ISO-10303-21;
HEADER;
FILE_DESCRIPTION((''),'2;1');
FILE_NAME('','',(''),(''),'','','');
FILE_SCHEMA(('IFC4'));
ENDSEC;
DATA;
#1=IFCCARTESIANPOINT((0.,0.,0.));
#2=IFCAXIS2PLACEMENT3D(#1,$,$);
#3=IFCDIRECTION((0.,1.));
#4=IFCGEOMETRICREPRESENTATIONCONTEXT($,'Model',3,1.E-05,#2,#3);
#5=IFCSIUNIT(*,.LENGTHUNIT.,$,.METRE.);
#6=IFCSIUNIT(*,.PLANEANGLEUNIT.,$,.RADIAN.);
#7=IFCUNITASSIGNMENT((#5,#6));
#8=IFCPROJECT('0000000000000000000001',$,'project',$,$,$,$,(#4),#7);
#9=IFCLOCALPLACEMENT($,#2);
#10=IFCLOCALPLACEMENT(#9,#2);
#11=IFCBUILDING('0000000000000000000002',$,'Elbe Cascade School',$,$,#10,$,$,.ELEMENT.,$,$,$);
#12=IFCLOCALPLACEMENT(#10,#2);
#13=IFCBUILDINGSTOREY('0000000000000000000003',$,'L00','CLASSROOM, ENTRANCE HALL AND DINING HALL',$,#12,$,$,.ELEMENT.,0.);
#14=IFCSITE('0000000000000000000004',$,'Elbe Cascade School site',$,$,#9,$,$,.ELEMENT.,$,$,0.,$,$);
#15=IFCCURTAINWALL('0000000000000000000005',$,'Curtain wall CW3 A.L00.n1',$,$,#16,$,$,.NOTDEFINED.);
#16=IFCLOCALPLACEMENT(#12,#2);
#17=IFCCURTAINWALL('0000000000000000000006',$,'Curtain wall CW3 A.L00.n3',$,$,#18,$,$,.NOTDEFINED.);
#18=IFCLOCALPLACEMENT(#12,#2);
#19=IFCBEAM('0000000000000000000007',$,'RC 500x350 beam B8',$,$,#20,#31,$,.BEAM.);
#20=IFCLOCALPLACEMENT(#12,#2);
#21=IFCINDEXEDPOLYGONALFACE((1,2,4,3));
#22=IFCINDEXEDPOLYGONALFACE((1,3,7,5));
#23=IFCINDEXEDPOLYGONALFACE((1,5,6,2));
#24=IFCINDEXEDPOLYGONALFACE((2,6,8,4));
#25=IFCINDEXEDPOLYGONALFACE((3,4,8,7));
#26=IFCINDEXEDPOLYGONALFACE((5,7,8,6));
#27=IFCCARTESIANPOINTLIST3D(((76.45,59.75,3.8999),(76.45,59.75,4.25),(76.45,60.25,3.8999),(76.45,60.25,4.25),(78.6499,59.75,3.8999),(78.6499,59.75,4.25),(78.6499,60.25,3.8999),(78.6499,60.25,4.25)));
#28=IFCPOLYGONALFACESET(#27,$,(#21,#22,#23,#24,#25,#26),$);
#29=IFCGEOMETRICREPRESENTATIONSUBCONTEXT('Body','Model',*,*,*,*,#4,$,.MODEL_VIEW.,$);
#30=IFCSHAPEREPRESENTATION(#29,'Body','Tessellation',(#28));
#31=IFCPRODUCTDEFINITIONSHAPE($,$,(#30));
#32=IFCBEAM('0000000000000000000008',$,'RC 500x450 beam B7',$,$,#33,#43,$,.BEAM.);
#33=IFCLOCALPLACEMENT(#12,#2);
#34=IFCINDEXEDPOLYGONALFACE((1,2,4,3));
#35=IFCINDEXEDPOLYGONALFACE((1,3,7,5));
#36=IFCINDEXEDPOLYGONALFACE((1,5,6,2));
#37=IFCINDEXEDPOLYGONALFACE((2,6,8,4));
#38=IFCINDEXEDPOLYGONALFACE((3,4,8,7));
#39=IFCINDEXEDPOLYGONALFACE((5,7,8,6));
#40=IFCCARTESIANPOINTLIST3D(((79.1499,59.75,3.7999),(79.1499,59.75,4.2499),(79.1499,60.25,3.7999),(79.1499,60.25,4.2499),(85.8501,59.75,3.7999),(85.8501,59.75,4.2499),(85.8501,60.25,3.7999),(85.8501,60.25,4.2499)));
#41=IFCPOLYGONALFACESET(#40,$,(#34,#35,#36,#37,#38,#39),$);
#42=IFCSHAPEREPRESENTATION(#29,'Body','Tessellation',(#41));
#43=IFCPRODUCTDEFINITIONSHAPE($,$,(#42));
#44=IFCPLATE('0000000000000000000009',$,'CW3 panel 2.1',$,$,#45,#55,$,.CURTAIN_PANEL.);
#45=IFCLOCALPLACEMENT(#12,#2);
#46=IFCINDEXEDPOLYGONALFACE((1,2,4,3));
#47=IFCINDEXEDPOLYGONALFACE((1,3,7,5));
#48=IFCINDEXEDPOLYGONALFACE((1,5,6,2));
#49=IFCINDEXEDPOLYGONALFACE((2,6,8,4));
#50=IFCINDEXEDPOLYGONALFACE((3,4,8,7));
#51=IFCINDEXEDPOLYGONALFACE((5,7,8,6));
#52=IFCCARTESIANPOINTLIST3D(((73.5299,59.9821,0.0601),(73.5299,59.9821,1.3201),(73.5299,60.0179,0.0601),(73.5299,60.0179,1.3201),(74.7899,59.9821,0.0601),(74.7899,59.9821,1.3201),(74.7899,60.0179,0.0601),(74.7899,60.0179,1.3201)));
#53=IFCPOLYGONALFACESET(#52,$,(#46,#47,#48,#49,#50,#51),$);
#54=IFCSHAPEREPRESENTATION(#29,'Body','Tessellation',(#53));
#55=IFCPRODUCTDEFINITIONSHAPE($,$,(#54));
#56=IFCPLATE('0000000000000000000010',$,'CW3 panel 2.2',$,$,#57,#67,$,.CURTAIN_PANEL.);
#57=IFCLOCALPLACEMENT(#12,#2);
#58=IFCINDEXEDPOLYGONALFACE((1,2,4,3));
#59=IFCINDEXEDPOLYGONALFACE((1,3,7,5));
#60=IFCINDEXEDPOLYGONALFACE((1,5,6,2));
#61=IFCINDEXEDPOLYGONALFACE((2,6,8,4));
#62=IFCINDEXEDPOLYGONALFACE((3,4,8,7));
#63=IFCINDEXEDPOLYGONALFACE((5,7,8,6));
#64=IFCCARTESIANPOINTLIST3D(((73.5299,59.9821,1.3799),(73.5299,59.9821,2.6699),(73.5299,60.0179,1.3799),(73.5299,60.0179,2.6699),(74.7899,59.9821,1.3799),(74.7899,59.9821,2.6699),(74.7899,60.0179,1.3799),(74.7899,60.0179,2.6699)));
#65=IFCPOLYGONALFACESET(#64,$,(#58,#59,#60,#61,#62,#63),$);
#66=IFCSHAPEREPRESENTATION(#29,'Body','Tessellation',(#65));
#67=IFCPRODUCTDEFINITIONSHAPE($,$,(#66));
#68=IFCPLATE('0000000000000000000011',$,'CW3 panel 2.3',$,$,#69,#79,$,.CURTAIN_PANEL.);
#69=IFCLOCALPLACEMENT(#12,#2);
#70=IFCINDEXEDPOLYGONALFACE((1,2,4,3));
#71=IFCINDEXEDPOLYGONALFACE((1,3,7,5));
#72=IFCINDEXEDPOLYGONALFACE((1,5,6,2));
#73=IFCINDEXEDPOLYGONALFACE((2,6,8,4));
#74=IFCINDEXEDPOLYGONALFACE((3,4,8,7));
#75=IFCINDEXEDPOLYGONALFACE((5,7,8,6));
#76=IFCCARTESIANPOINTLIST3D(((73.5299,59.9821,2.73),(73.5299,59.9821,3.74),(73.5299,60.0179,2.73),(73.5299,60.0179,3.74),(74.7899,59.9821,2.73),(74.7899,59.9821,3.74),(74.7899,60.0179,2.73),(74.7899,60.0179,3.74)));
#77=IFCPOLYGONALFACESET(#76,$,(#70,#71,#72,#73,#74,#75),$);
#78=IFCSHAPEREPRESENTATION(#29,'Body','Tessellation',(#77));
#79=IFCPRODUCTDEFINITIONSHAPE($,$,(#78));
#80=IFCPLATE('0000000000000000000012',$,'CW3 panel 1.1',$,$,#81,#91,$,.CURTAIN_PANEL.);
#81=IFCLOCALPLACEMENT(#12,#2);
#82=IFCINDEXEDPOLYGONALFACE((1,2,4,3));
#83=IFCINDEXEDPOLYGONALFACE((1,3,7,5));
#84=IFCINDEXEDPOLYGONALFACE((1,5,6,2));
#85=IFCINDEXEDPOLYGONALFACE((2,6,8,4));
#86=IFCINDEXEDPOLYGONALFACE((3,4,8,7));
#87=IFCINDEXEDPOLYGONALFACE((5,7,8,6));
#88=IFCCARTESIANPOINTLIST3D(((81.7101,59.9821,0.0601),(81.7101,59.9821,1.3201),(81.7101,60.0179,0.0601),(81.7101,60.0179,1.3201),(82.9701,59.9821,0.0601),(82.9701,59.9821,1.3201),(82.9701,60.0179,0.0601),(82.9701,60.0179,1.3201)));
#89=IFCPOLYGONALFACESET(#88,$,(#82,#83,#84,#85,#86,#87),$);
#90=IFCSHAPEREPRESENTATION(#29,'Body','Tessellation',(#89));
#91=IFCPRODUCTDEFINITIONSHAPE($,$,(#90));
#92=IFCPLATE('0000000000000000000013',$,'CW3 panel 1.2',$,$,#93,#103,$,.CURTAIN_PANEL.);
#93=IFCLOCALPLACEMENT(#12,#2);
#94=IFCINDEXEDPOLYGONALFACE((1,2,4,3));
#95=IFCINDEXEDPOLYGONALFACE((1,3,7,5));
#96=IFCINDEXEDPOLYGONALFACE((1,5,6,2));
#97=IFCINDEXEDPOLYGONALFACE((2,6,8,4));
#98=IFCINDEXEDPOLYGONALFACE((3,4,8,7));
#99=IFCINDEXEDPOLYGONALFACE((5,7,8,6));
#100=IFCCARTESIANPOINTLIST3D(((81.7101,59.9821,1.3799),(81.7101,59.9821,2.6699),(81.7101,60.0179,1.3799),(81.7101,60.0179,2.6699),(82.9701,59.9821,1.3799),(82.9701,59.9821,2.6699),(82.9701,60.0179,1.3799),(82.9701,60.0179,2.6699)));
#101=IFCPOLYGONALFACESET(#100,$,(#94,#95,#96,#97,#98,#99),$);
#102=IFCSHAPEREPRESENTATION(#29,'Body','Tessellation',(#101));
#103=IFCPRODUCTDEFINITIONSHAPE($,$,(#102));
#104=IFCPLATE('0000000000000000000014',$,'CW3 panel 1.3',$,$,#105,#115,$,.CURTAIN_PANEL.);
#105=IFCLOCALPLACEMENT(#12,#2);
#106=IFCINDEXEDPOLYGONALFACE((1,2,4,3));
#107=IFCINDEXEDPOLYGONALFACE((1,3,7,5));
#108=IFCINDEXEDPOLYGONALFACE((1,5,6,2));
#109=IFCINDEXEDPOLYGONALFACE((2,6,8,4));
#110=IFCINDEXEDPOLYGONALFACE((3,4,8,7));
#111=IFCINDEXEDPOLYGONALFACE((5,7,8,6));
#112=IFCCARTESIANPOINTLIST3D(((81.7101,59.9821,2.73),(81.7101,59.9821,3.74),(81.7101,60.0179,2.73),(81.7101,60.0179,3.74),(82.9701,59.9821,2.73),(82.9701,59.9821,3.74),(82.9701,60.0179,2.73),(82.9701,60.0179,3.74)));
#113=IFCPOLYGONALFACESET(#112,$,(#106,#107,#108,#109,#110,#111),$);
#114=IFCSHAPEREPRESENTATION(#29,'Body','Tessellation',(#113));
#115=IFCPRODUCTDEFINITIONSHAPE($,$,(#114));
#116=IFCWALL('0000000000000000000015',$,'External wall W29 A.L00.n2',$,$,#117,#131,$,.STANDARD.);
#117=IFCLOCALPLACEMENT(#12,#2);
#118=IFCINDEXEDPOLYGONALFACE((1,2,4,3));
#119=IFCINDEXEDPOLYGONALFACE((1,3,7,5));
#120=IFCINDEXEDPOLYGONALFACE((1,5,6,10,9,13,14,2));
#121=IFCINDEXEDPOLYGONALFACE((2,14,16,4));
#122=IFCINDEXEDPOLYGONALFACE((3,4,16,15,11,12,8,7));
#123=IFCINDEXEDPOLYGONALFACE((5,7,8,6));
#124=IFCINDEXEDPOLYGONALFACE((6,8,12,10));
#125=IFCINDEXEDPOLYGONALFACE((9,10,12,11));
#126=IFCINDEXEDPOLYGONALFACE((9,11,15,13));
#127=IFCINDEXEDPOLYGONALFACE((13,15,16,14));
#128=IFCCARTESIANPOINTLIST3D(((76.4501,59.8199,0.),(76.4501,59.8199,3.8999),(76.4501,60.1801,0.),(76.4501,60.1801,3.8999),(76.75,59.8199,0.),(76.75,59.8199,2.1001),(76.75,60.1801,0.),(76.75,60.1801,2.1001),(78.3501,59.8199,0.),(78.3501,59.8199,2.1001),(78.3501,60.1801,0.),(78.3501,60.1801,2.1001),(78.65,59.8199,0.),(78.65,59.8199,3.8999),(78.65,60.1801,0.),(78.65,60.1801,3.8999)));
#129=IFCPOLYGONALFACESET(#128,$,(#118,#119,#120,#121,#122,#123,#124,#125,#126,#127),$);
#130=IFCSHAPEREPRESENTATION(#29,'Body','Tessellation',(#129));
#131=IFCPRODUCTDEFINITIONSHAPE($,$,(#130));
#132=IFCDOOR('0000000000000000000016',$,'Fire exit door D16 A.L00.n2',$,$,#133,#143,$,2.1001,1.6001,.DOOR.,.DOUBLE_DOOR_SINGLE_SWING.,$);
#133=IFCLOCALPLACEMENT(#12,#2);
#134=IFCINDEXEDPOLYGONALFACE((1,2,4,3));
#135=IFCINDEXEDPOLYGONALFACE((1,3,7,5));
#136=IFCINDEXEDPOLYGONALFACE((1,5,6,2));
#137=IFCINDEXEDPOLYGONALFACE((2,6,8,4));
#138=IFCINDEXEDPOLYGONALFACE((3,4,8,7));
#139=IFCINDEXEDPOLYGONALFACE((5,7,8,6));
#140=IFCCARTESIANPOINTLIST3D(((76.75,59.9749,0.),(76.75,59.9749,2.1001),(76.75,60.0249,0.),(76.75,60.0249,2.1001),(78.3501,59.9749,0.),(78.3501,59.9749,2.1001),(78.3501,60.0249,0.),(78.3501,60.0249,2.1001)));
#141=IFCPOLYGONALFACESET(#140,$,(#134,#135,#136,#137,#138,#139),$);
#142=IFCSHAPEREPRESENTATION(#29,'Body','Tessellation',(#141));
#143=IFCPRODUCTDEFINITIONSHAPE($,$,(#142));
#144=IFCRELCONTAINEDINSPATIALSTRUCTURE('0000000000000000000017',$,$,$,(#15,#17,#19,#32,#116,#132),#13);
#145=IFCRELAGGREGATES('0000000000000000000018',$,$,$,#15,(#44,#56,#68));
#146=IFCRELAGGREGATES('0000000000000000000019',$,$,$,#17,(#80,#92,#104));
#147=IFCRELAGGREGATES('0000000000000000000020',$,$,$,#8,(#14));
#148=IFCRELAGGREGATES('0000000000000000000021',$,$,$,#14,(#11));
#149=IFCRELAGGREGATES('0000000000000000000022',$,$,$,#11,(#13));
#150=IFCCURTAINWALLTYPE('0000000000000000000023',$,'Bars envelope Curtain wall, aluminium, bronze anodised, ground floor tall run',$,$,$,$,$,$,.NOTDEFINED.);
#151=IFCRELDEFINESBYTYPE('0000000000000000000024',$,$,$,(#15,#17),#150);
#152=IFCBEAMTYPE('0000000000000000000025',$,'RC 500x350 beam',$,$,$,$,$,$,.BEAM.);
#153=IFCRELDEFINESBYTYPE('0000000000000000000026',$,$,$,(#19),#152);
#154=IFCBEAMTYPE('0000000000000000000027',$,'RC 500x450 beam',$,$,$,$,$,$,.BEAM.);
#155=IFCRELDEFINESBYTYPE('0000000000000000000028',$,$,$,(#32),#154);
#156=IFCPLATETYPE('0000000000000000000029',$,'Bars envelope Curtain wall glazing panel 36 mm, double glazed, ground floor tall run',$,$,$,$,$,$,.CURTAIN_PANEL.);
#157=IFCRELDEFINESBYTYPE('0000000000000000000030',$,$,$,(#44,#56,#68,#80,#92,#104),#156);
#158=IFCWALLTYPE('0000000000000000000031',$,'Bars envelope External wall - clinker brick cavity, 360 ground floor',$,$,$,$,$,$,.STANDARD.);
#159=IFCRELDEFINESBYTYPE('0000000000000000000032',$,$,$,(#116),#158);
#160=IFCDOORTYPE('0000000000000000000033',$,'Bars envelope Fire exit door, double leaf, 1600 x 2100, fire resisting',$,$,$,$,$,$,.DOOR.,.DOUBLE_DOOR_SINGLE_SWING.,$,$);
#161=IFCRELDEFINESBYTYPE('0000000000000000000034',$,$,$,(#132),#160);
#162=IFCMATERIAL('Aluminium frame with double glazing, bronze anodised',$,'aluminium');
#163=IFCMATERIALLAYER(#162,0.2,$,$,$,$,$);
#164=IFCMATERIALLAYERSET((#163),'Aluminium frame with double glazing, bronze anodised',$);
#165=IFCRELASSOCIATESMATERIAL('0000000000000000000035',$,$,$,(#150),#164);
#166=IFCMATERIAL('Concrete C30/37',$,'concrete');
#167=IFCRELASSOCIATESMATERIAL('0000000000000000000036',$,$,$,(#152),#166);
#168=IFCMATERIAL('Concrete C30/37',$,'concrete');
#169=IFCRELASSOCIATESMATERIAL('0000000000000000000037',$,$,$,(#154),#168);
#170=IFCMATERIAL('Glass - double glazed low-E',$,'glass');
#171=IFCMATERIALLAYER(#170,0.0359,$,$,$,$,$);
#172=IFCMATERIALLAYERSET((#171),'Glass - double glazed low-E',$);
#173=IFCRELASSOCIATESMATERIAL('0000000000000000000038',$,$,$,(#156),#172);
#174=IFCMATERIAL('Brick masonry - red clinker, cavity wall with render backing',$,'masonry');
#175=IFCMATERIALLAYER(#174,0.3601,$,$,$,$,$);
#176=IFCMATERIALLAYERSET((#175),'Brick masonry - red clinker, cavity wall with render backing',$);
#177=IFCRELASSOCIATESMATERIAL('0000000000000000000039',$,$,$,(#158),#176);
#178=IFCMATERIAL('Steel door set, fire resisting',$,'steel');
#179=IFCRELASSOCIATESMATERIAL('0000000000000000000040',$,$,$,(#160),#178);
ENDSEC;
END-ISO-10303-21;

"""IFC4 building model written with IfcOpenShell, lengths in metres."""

from ifc_helpers import new_model, si_unit, direction, frame, frame_2d, origin, origin_2d, place, context, subcontext, project, spatial, rectangle, extrude, material, layer, layer_set, material_profile, profile_set, type_object, element, fill, aggregate, save


model = new_model("IFC4")

# Units and contexts
model_context = context("Model", 3, precision=1e-05, world=origin(), true_north=direction((0.0, 1.0)))
body_context = subcontext(model_context, "Body", "Model", "MODEL_VIEW")
ifc_project = project(units=[si_unit("LENGTHUNIT", "METRE"), si_unit("PLANEANGLEUNIT", "RADIAN")], contexts=[model_context])

# Site, building, storey
site_placement = place(None, origin())
site = spatial("IfcSite", under=ifc_project, at=site_placement, Name="Elbe Cascade School site", CompositionType="ELEMENT", RefElevation=0.0)
building_placement = place(site_placement, origin())
building = spatial("IfcBuilding", under=site, at=building_placement, Name="Elbe Cascade School", CompositionType="ELEMENT")
storey_placement = place(building_placement, origin())
storey = spatial("IfcBuildingStorey", under=building, at=storey_placement, Name="L00", Description="CLASSROOM, ENTRANCE HALL AND DINING HALL", CompositionType="ELEMENT", Elevation=0.0)

# Curtain wall
ifc_material_1 = material(Name="Aluminium frame with double glazing, bronze anodised", Category="aluminium")
ifc_layer_1 = layer(ifc_material_1, 0.2)
ifc_layer_set_1 = layer_set([ifc_layer_1], Name="Aluminium frame with double glazing, bronze anodised")
curtain_wall_type = type_object("IfcCurtainWallType", Name="Bars envelope Curtain wall, aluminium, bronze anodised, ground floor tall run", PredefinedType="NOTDEFINED", material=ifc_layer_set_1)
curtain_wall_1_placement = place(storey_placement, origin())
curtain_wall_1 = element("IfcCurtainWall", 1, at=curtain_wall_1_placement, inside=storey, type_object=curtain_wall_type, Name="Curtain wall CW3 A.L00.n1", PredefinedType="NOTDEFINED")

# Curtain wall
curtain_wall_2_placement = place(storey_placement, origin())
curtain_wall_2 = element("IfcCurtainWall", 2, at=curtain_wall_2_placement, inside=storey, type_object=curtain_wall_type, Name="Curtain wall CW3 A.L00.n3", PredefinedType="NOTDEFINED")

# Beams
ifc_material_2 = material(Name="Concrete C30/37", Category="concrete")
ifc_material_profile_1 = material_profile(ifc_material_2, rectangle(XDim=0.5, YDim=0.3501, at=origin_2d()), Name="RC 500x350")
ifc_profile_set_1 = profile_set([ifc_material_profile_1], Name="Concrete C30/37")
beam_type_1 = type_object("IfcBeamType", Name="RC 500x350 beam", PredefinedType="BEAM", material=ifc_profile_set_1)
beam_1_placement = place(storey_placement, frame((76.45, 60.0, 4.075), z_axis=(1.0, 0.0, 0.0), x_axis=(0.0, 1.0, 0.0)))
element("IfcBeam", 3, at=beam_1_placement, inside=storey, type_object=beam_type_1, Name="RC 500x350 beam B8", PredefinedType="BEAM", context=body_context, shape_type="SweptSolid", body=[
    extrude(rectangle(XDim=0.5, YDim=0.3501, at=origin_2d()), origin(), (0.0, 0.0, 1.0), 2.2),
])
ifc_material_3 = material(Name="Concrete C30/37", Category="concrete")
ifc_material_profile_2 = material_profile(ifc_material_3, rectangle(XDim=0.5, YDim=0.45, at=origin_2d()), Name="RC 500x450")
ifc_profile_set_2 = profile_set([ifc_material_profile_2], Name="Concrete C30/37")
beam_type_2 = type_object("IfcBeamType", Name="RC 500x450 beam", PredefinedType="BEAM", material=ifc_profile_set_2)
beam_2_placement = place(storey_placement, frame((79.1499, 60.0, 4.0249), z_axis=(1.0, 0.0, 0.0), x_axis=(0.0, 1.0, 0.0)))
element("IfcBeam", 4, at=beam_2_placement, inside=storey, type_object=beam_type_2, Name="RC 500x450 beam B7", PredefinedType="BEAM", context=body_context, shape_type="SweptSolid", body=[
    extrude(rectangle(XDim=0.5, YDim=0.45, at=origin_2d()), origin(), (0.0, 0.0, 1.0), 6.7002),
])

# Plates
ifc_material_4 = material(Name="Glass - double glazed low-E", Category="glass")
ifc_layer_2 = layer(ifc_material_4, 0.0359)
ifc_layer_set_2 = layer_set([ifc_layer_2], Name="Glass - double glazed low-E")
plate_type = type_object("IfcPlateType", Name="Bars envelope Curtain wall glazing panel 36 mm, double glazed, ground floor tall run", PredefinedType="CURTAIN_PANEL", material=ifc_layer_set_2)
plate_1_placement = place(storey_placement, frame((74.1599, 60.0, 0.0601), z_axis=(0.0, 0.0, 1.0), x_axis=(1.0, 0.0, 0.0)))
plate_1 = element("IfcPlate", 5, at=plate_1_placement, type_object=plate_type, Name="CW3 panel 2.1", PredefinedType="CURTAIN_PANEL", context=body_context, shape_type="SweptSolid", body=[
    extrude(rectangle(XDim=1.26, YDim=0.0359, at=origin_2d()), origin(), (0.0, 0.0, 1.0), 1.26),
])
plate_2_placement = place(storey_placement, frame((74.1599, 60.0, 1.3799), z_axis=(0.0, 0.0, 1.0), x_axis=(1.0, 0.0, 0.0)))
plate_2 = element("IfcPlate", 6, at=plate_2_placement, type_object=plate_type, Name="CW3 panel 2.2", PredefinedType="CURTAIN_PANEL", context=body_context, shape_type="SweptSolid", body=[
    extrude(rectangle(XDim=1.26, YDim=0.0359, at=origin_2d()), origin(), (0.0, 0.0, 1.0), 1.29),
])
plate_3_placement = place(storey_placement, frame((74.1599, 60.0, 2.73), z_axis=(0.0, 0.0, 1.0), x_axis=(1.0, 0.0, 0.0)))
plate_3 = element("IfcPlate", 7, at=plate_3_placement, type_object=plate_type, Name="CW3 panel 2.3", PredefinedType="CURTAIN_PANEL", context=body_context, shape_type="SweptSolid", body=[
    extrude(rectangle(XDim=1.26, YDim=0.0359, at=origin_2d()), origin(), (0.0, 0.0, 1.0), 1.01),
])
aggregate(curtain_wall_1, [plate_1, plate_2, plate_3])
plate_4_placement = place(storey_placement, frame((82.3401, 60.0, 0.0601), z_axis=(0.0, 0.0, 1.0), x_axis=(1.0, 0.0, 0.0)))
plate_4 = element("IfcPlate", 8, at=plate_4_placement, type_object=plate_type, Name="CW3 panel 1.1", PredefinedType="CURTAIN_PANEL", context=body_context, shape_type="SweptSolid", body=[
    extrude(rectangle(XDim=1.26, YDim=0.0359, at=origin_2d()), origin(), (0.0, 0.0, 1.0), 1.26),
])
plate_5_placement = place(storey_placement, frame((82.3401, 60.0, 1.3799), z_axis=(0.0, 0.0, 1.0), x_axis=(1.0, 0.0, 0.0)))
plate_5 = element("IfcPlate", 9, at=plate_5_placement, type_object=plate_type, Name="CW3 panel 1.2", PredefinedType="CURTAIN_PANEL", context=body_context, shape_type="SweptSolid", body=[
    extrude(rectangle(XDim=1.26, YDim=0.0359, at=origin_2d()), origin(), (0.0, 0.0, 1.0), 1.29),
])
plate_6_placement = place(storey_placement, frame((82.3401, 60.0, 2.73), z_axis=(0.0, 0.0, 1.0), x_axis=(1.0, 0.0, 0.0)))
plate_6 = element("IfcPlate", 10, at=plate_6_placement, type_object=plate_type, Name="CW3 panel 1.3", PredefinedType="CURTAIN_PANEL", context=body_context, shape_type="SweptSolid", body=[
    extrude(rectangle(XDim=1.26, YDim=0.0359, at=origin_2d()), origin(), (0.0, 0.0, 1.0), 1.01),
])
aggregate(curtain_wall_2, [plate_4, plate_5, plate_6])

# Wall, opening, door
ifc_material_5 = material(Name="Brick masonry - red clinker, cavity wall with render backing", Category="masonry")
ifc_layer_3 = layer(ifc_material_5, 0.3601)
ifc_layer_set_3 = layer_set([ifc_layer_3], Name="Brick masonry - red clinker, cavity wall with render backing")
wall_type = type_object("IfcWallType", Name="Bars envelope External wall - clinker brick cavity, 360 ground floor", PredefinedType="STANDARD", material=ifc_layer_set_3)
wall_placement = place(storey_placement, frame((76.45, 60.0, 0.0), z_axis=(0.0, 0.0, 1.0), x_axis=(1.0, 0.0, 0.0)))
wall = element("IfcWall", 11, at=wall_placement, inside=storey, type_object=wall_type, Name="External wall W29 A.L00.n2", PredefinedType="STANDARD", context=body_context, shape_type="SweptSolid", body=[
    extrude(rectangle(XDim=2.2, YDim=0.3601, at=frame_2d((1.1001, 0.0))), origin(), (0.0, 0.0, 1.0), 3.8999),
])
opening_placement = place(wall_placement, frame((0.3, 0.0, 0.0)))
opening = element("IfcOpeningElement", 12, at=opening_placement, cuts=wall, PredefinedType="OPENING", context=body_context, shape_type="SweptSolid", body=[
    extrude(rectangle(XDim=1.6001, YDim=2.1001, at=frame_2d((0.8, 1.05))), frame((0.0, 0.1899, 0.0), z_axis=(0.0, -1.0, 0.0), x_axis=(1.0, 0.0, 0.0)), (0.0, 0.0, 1.0), 0.3801),
])
ifc_material_6 = material(Name="Steel door set, fire resisting", Category="steel")
door_type = type_object("IfcDoorType", Name="Bars envelope Fire exit door, double leaf, 1600 x 2100, fire resisting", OperationType="DOUBLE_DOOR_SINGLE_SWING", PredefinedType="DOOR", material=ifc_material_6)
door_placement = place(opening_placement, origin())
door = element("IfcDoor", 13, at=door_placement, inside=storey, type_object=door_type, Name="Fire exit door D16 A.L00.n2", OperationType="DOUBLE_DOOR_SINGLE_SWING", OverallHeight=2.1001, OverallWidth=1.6001, PredefinedType="DOOR", context=body_context, shape_type="SweptSolid", body=[
    extrude(rectangle(XDim=1.6001, YDim=2.1001, at=frame_2d((0.8, 1.05))), frame((0.0, 0.0249, 0.0), z_axis=(0.0, -1.0, 0.0), x_axis=(1.0, 0.0, 0.0)), (0.0, 0.0, 1.0), 0.05),
])
fill(opening, door)

save(model, "model.ifc")
